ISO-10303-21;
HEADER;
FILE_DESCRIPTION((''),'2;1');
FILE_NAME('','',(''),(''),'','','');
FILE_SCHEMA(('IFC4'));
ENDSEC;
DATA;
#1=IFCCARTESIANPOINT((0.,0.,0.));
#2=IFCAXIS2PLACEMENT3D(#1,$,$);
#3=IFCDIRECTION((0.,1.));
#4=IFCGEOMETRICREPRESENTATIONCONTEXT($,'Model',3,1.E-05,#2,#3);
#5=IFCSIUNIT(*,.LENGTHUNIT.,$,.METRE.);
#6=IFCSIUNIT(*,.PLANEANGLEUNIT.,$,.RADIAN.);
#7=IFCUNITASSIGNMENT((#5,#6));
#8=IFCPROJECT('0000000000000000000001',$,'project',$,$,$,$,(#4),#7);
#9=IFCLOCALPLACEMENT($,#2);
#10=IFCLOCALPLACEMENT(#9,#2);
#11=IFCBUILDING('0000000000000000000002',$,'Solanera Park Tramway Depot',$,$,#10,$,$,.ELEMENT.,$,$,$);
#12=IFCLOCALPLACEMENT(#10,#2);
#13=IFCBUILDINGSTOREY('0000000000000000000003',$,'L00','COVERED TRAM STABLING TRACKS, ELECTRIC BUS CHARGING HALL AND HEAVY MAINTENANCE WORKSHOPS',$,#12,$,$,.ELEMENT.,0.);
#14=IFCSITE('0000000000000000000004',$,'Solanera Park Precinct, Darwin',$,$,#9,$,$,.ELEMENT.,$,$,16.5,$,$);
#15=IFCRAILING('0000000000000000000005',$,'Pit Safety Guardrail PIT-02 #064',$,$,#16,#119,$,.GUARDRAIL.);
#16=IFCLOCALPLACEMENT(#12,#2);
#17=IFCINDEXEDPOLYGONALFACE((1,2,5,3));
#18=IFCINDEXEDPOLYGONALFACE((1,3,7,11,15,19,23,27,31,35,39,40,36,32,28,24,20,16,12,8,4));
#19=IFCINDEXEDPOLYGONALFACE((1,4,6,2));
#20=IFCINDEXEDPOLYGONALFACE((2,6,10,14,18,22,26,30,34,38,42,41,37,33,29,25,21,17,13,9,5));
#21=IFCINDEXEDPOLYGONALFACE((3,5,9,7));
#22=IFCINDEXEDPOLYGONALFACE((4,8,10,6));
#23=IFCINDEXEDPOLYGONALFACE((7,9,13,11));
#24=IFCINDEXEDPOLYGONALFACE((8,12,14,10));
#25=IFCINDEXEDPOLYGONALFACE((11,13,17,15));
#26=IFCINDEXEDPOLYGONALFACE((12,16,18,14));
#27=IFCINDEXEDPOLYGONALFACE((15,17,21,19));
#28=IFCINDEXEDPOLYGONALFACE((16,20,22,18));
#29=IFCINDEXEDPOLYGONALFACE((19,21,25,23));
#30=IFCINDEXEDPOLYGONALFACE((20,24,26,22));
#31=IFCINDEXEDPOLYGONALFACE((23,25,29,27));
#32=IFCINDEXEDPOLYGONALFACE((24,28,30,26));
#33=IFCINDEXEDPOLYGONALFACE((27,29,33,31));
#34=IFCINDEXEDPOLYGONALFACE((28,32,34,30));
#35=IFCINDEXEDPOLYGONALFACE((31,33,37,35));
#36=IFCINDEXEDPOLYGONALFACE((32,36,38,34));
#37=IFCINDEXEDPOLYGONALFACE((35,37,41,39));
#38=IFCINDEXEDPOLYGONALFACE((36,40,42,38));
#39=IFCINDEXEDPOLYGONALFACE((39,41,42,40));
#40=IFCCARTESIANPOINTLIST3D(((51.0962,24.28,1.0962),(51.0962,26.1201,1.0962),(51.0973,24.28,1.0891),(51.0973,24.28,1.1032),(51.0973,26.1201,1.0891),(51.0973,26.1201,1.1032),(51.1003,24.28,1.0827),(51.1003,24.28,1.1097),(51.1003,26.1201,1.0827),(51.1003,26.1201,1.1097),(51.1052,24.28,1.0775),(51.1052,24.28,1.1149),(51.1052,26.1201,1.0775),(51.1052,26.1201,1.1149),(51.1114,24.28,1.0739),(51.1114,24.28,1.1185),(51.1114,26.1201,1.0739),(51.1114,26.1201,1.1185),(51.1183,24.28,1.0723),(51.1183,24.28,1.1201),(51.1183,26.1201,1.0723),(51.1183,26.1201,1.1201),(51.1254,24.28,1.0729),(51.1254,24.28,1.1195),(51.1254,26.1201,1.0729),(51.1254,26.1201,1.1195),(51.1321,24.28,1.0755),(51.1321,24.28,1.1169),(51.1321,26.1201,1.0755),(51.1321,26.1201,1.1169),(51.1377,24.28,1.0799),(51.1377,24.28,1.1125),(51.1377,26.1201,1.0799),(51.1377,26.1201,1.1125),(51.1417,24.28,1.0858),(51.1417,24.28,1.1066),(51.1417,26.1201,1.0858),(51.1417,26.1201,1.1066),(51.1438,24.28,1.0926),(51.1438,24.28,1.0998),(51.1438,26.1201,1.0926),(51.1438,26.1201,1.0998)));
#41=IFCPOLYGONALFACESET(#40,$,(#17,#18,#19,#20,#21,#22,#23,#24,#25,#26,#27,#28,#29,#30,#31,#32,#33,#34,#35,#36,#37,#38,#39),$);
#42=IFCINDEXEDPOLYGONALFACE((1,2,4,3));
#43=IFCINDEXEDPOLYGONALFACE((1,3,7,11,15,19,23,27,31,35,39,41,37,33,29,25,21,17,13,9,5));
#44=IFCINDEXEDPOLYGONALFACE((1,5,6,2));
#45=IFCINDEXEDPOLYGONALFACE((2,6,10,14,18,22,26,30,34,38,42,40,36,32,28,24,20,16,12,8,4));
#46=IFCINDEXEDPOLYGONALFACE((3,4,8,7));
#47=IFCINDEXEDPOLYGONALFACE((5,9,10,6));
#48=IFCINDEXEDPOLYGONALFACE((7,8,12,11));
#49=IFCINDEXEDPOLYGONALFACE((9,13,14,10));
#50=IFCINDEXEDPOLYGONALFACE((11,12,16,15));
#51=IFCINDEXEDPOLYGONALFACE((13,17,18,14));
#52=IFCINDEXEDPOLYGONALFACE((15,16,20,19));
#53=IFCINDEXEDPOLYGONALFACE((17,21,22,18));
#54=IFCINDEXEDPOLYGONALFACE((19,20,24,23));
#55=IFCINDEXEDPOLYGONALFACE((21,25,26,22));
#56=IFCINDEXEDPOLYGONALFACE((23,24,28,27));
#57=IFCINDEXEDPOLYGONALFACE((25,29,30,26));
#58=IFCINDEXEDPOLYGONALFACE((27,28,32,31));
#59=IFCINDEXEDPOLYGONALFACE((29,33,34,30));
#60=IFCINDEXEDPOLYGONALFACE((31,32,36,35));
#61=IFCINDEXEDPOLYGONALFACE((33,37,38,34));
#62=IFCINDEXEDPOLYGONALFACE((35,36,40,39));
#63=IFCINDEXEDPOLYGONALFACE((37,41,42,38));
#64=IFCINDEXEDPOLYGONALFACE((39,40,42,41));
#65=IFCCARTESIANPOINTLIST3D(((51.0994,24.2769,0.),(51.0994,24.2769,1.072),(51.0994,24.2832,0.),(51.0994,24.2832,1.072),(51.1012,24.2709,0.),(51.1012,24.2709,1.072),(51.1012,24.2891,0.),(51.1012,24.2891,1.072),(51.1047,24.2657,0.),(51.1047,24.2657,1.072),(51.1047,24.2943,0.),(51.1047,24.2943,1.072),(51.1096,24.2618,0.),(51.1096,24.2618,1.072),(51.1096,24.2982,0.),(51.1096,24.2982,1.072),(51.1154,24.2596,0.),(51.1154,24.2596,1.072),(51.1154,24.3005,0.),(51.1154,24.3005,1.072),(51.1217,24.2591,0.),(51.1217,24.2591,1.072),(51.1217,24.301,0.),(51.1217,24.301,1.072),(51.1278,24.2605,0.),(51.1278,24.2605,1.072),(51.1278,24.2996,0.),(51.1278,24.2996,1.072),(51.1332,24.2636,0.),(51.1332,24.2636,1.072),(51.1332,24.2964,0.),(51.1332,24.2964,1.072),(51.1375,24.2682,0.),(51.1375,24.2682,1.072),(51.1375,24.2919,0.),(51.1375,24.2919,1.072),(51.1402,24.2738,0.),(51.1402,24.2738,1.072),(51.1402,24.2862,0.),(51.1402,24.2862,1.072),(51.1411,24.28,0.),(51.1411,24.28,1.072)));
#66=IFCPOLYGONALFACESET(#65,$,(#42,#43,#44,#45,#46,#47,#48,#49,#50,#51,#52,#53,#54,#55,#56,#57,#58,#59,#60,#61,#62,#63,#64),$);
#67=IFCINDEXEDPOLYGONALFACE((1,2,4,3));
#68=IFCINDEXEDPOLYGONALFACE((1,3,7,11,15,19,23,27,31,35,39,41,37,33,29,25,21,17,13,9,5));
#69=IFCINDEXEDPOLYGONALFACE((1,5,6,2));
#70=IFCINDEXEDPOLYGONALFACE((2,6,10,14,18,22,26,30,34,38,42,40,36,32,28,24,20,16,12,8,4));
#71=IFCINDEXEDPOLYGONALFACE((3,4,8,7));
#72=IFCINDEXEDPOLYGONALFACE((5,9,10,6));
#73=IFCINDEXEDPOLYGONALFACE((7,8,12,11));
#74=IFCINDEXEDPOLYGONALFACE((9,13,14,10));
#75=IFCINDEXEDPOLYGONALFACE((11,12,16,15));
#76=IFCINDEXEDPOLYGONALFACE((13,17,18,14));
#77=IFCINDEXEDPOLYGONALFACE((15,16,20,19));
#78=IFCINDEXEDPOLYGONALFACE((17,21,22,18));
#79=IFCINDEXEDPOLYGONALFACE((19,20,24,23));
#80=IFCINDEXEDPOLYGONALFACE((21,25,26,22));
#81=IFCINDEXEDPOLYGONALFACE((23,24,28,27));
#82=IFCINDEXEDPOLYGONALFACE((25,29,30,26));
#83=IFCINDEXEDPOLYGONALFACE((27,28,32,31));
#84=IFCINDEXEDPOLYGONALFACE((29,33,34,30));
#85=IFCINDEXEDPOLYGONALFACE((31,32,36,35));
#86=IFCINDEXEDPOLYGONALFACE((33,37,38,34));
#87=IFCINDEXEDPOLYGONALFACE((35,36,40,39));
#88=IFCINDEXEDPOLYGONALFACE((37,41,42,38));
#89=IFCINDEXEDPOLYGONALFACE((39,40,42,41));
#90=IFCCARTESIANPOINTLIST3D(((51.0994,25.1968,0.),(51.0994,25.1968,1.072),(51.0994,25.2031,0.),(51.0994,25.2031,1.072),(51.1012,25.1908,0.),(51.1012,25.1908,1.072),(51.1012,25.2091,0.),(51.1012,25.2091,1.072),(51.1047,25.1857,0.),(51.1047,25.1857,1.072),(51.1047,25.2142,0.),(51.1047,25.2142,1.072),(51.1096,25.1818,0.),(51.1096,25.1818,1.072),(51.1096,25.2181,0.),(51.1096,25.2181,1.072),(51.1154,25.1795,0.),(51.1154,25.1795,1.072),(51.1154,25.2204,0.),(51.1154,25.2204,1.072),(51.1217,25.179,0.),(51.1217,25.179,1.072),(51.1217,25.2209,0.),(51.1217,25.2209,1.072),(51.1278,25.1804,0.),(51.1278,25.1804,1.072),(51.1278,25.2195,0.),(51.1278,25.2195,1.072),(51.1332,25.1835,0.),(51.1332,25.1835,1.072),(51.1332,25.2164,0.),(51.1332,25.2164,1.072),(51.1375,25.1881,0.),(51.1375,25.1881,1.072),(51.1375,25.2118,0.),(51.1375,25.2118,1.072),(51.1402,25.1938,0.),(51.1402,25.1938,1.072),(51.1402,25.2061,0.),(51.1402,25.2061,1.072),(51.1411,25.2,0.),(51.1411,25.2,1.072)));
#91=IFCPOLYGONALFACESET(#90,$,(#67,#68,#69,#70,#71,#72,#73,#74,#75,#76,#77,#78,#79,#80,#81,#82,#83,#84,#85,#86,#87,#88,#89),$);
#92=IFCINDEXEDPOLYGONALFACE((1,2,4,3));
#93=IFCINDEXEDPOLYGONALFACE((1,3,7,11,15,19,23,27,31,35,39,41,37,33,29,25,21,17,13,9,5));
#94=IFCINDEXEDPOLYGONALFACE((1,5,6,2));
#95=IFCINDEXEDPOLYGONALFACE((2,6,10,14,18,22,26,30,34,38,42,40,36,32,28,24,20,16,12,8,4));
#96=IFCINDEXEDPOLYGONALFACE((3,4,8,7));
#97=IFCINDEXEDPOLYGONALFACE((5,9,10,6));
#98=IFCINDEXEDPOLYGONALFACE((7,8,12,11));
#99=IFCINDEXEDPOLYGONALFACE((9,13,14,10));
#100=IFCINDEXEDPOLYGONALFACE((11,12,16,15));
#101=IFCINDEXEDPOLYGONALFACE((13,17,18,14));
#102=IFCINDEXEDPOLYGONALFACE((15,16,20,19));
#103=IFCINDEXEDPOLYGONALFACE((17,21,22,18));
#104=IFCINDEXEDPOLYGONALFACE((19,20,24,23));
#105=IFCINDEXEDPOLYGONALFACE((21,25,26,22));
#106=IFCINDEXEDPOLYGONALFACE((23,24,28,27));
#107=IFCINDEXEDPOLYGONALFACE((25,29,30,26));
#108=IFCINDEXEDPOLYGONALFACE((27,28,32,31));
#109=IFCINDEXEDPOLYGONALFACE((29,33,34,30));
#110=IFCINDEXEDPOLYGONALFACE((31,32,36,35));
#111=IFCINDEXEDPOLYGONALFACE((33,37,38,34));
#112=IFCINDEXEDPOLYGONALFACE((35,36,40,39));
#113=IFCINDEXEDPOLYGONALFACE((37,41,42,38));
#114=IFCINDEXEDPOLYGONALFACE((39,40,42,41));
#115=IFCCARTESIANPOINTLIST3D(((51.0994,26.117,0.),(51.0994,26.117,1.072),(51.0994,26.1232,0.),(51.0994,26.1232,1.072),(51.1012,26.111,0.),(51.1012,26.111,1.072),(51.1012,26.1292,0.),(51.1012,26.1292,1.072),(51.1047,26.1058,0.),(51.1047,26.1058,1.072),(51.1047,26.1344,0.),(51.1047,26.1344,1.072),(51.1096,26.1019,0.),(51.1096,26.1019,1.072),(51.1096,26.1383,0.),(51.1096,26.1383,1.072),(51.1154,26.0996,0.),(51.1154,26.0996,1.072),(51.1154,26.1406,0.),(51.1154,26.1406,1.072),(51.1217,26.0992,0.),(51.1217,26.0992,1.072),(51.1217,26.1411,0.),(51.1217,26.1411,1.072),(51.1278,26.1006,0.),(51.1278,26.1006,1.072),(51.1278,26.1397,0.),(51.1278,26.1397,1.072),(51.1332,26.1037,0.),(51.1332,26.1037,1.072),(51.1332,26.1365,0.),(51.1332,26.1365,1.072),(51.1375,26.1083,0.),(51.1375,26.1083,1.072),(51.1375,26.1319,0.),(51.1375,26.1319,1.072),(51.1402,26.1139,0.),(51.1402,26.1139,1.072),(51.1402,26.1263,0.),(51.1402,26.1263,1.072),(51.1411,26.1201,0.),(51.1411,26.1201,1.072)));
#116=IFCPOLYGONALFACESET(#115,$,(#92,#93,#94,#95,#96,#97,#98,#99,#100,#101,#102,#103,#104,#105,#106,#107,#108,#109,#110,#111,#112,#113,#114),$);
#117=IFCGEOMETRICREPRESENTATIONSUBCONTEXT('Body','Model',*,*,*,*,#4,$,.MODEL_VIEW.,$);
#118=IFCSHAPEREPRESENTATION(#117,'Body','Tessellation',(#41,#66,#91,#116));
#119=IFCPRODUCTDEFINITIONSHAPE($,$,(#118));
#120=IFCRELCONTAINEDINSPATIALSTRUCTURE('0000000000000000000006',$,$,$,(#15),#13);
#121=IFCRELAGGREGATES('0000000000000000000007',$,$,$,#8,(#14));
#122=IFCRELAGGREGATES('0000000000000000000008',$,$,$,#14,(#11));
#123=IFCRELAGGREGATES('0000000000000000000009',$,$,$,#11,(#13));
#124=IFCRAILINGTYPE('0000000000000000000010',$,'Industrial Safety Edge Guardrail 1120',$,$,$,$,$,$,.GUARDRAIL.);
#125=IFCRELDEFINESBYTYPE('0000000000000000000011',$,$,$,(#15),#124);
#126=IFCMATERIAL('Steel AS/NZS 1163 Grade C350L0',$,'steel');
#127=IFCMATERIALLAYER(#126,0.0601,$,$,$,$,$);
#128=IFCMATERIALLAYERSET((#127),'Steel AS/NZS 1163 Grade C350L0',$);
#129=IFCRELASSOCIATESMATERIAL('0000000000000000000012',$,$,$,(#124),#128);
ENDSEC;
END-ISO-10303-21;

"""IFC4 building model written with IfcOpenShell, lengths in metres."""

from ifc_helpers import new_model, si_unit, direction, frame, origin, origin_2d, place, context, subcontext, project, spatial, circle, extrude, material, layer, layer_set, type_object, element, save


model = new_model("IFC4")

# Units and contexts
model_context = context("Model", 3, precision=1e-05, world=origin(), true_north=direction((0.0, 1.0)))
body_context = subcontext(model_context, "Body", "Model", "MODEL_VIEW")
ifc_project = project(units=[si_unit("LENGTHUNIT", "METRE"), si_unit("PLANEANGLEUNIT", "RADIAN")], contexts=[model_context])

# Site, building, storey
site_placement = place(None, origin())
site = spatial("IfcSite", under=ifc_project, at=site_placement, Name="Solanera Park Precinct, Darwin", CompositionType="ELEMENT", RefElevation=16.5)
building_placement = place(site_placement, origin())
building = spatial("IfcBuilding", under=site, at=building_placement, Name="Solanera Park Tramway Depot", CompositionType="ELEMENT")
storey_placement = place(building_placement, origin())
storey = spatial("IfcBuildingStorey", under=building, at=storey_placement, Name="L00", Description="COVERED TRAM STABLING TRACKS, ELECTRIC BUS CHARGING HALL AND HEAVY MAINTENANCE WORKSHOPS", CompositionType="ELEMENT", Elevation=0.0)

# Railing
ifc_material_1 = material(Name="Steel AS/NZS 1163 Grade C350L0", Category="steel")
ifc_layer_1 = layer(ifc_material_1, 0.0601)
ifc_layer_set_1 = layer_set([ifc_layer_1], Name="Steel AS/NZS 1163 Grade C350L0")
railing_type_1 = type_object("IfcRailingType", Name="Industrial Safety Edge Guardrail 1120", PredefinedType="GUARDRAIL", material=ifc_layer_set_1)
railing_1_placement = place(storey_placement, frame((51.1201, 24.28, 0.0)))
element("IfcRailing", 1, at=railing_1_placement, inside=storey, type_object=railing_type_1, Name="Pit Safety Guardrail PIT-02 #064", PredefinedType="GUARDRAIL", context=body_context, shape_type="SweptSolid", body=[
    extrude(circle(Radius=0.0239, at=origin_2d()), frame((0.0, 0.0, 1.0962), z_axis=(0.0, 1.0, 0.0), x_axis=(-1.0, 0.0, 0.0)), (0.0, 0.0, 1.0), 1.8401),
    extrude(circle(Radius=0.021, at=origin_2d()), origin(), (0.0, 0.0, 1.0), 1.072),
    extrude(circle(Radius=0.021, at=origin_2d()), frame((0.0, 0.9199, 0.0)), (0.0, 0.0, 1.0), 1.072),
    extrude(circle(Radius=0.021, at=origin_2d()), frame((0.0, 1.8401, 0.0)), (0.0, 0.0, 1.0), 1.072),
])

save(model, "model.ifc")
